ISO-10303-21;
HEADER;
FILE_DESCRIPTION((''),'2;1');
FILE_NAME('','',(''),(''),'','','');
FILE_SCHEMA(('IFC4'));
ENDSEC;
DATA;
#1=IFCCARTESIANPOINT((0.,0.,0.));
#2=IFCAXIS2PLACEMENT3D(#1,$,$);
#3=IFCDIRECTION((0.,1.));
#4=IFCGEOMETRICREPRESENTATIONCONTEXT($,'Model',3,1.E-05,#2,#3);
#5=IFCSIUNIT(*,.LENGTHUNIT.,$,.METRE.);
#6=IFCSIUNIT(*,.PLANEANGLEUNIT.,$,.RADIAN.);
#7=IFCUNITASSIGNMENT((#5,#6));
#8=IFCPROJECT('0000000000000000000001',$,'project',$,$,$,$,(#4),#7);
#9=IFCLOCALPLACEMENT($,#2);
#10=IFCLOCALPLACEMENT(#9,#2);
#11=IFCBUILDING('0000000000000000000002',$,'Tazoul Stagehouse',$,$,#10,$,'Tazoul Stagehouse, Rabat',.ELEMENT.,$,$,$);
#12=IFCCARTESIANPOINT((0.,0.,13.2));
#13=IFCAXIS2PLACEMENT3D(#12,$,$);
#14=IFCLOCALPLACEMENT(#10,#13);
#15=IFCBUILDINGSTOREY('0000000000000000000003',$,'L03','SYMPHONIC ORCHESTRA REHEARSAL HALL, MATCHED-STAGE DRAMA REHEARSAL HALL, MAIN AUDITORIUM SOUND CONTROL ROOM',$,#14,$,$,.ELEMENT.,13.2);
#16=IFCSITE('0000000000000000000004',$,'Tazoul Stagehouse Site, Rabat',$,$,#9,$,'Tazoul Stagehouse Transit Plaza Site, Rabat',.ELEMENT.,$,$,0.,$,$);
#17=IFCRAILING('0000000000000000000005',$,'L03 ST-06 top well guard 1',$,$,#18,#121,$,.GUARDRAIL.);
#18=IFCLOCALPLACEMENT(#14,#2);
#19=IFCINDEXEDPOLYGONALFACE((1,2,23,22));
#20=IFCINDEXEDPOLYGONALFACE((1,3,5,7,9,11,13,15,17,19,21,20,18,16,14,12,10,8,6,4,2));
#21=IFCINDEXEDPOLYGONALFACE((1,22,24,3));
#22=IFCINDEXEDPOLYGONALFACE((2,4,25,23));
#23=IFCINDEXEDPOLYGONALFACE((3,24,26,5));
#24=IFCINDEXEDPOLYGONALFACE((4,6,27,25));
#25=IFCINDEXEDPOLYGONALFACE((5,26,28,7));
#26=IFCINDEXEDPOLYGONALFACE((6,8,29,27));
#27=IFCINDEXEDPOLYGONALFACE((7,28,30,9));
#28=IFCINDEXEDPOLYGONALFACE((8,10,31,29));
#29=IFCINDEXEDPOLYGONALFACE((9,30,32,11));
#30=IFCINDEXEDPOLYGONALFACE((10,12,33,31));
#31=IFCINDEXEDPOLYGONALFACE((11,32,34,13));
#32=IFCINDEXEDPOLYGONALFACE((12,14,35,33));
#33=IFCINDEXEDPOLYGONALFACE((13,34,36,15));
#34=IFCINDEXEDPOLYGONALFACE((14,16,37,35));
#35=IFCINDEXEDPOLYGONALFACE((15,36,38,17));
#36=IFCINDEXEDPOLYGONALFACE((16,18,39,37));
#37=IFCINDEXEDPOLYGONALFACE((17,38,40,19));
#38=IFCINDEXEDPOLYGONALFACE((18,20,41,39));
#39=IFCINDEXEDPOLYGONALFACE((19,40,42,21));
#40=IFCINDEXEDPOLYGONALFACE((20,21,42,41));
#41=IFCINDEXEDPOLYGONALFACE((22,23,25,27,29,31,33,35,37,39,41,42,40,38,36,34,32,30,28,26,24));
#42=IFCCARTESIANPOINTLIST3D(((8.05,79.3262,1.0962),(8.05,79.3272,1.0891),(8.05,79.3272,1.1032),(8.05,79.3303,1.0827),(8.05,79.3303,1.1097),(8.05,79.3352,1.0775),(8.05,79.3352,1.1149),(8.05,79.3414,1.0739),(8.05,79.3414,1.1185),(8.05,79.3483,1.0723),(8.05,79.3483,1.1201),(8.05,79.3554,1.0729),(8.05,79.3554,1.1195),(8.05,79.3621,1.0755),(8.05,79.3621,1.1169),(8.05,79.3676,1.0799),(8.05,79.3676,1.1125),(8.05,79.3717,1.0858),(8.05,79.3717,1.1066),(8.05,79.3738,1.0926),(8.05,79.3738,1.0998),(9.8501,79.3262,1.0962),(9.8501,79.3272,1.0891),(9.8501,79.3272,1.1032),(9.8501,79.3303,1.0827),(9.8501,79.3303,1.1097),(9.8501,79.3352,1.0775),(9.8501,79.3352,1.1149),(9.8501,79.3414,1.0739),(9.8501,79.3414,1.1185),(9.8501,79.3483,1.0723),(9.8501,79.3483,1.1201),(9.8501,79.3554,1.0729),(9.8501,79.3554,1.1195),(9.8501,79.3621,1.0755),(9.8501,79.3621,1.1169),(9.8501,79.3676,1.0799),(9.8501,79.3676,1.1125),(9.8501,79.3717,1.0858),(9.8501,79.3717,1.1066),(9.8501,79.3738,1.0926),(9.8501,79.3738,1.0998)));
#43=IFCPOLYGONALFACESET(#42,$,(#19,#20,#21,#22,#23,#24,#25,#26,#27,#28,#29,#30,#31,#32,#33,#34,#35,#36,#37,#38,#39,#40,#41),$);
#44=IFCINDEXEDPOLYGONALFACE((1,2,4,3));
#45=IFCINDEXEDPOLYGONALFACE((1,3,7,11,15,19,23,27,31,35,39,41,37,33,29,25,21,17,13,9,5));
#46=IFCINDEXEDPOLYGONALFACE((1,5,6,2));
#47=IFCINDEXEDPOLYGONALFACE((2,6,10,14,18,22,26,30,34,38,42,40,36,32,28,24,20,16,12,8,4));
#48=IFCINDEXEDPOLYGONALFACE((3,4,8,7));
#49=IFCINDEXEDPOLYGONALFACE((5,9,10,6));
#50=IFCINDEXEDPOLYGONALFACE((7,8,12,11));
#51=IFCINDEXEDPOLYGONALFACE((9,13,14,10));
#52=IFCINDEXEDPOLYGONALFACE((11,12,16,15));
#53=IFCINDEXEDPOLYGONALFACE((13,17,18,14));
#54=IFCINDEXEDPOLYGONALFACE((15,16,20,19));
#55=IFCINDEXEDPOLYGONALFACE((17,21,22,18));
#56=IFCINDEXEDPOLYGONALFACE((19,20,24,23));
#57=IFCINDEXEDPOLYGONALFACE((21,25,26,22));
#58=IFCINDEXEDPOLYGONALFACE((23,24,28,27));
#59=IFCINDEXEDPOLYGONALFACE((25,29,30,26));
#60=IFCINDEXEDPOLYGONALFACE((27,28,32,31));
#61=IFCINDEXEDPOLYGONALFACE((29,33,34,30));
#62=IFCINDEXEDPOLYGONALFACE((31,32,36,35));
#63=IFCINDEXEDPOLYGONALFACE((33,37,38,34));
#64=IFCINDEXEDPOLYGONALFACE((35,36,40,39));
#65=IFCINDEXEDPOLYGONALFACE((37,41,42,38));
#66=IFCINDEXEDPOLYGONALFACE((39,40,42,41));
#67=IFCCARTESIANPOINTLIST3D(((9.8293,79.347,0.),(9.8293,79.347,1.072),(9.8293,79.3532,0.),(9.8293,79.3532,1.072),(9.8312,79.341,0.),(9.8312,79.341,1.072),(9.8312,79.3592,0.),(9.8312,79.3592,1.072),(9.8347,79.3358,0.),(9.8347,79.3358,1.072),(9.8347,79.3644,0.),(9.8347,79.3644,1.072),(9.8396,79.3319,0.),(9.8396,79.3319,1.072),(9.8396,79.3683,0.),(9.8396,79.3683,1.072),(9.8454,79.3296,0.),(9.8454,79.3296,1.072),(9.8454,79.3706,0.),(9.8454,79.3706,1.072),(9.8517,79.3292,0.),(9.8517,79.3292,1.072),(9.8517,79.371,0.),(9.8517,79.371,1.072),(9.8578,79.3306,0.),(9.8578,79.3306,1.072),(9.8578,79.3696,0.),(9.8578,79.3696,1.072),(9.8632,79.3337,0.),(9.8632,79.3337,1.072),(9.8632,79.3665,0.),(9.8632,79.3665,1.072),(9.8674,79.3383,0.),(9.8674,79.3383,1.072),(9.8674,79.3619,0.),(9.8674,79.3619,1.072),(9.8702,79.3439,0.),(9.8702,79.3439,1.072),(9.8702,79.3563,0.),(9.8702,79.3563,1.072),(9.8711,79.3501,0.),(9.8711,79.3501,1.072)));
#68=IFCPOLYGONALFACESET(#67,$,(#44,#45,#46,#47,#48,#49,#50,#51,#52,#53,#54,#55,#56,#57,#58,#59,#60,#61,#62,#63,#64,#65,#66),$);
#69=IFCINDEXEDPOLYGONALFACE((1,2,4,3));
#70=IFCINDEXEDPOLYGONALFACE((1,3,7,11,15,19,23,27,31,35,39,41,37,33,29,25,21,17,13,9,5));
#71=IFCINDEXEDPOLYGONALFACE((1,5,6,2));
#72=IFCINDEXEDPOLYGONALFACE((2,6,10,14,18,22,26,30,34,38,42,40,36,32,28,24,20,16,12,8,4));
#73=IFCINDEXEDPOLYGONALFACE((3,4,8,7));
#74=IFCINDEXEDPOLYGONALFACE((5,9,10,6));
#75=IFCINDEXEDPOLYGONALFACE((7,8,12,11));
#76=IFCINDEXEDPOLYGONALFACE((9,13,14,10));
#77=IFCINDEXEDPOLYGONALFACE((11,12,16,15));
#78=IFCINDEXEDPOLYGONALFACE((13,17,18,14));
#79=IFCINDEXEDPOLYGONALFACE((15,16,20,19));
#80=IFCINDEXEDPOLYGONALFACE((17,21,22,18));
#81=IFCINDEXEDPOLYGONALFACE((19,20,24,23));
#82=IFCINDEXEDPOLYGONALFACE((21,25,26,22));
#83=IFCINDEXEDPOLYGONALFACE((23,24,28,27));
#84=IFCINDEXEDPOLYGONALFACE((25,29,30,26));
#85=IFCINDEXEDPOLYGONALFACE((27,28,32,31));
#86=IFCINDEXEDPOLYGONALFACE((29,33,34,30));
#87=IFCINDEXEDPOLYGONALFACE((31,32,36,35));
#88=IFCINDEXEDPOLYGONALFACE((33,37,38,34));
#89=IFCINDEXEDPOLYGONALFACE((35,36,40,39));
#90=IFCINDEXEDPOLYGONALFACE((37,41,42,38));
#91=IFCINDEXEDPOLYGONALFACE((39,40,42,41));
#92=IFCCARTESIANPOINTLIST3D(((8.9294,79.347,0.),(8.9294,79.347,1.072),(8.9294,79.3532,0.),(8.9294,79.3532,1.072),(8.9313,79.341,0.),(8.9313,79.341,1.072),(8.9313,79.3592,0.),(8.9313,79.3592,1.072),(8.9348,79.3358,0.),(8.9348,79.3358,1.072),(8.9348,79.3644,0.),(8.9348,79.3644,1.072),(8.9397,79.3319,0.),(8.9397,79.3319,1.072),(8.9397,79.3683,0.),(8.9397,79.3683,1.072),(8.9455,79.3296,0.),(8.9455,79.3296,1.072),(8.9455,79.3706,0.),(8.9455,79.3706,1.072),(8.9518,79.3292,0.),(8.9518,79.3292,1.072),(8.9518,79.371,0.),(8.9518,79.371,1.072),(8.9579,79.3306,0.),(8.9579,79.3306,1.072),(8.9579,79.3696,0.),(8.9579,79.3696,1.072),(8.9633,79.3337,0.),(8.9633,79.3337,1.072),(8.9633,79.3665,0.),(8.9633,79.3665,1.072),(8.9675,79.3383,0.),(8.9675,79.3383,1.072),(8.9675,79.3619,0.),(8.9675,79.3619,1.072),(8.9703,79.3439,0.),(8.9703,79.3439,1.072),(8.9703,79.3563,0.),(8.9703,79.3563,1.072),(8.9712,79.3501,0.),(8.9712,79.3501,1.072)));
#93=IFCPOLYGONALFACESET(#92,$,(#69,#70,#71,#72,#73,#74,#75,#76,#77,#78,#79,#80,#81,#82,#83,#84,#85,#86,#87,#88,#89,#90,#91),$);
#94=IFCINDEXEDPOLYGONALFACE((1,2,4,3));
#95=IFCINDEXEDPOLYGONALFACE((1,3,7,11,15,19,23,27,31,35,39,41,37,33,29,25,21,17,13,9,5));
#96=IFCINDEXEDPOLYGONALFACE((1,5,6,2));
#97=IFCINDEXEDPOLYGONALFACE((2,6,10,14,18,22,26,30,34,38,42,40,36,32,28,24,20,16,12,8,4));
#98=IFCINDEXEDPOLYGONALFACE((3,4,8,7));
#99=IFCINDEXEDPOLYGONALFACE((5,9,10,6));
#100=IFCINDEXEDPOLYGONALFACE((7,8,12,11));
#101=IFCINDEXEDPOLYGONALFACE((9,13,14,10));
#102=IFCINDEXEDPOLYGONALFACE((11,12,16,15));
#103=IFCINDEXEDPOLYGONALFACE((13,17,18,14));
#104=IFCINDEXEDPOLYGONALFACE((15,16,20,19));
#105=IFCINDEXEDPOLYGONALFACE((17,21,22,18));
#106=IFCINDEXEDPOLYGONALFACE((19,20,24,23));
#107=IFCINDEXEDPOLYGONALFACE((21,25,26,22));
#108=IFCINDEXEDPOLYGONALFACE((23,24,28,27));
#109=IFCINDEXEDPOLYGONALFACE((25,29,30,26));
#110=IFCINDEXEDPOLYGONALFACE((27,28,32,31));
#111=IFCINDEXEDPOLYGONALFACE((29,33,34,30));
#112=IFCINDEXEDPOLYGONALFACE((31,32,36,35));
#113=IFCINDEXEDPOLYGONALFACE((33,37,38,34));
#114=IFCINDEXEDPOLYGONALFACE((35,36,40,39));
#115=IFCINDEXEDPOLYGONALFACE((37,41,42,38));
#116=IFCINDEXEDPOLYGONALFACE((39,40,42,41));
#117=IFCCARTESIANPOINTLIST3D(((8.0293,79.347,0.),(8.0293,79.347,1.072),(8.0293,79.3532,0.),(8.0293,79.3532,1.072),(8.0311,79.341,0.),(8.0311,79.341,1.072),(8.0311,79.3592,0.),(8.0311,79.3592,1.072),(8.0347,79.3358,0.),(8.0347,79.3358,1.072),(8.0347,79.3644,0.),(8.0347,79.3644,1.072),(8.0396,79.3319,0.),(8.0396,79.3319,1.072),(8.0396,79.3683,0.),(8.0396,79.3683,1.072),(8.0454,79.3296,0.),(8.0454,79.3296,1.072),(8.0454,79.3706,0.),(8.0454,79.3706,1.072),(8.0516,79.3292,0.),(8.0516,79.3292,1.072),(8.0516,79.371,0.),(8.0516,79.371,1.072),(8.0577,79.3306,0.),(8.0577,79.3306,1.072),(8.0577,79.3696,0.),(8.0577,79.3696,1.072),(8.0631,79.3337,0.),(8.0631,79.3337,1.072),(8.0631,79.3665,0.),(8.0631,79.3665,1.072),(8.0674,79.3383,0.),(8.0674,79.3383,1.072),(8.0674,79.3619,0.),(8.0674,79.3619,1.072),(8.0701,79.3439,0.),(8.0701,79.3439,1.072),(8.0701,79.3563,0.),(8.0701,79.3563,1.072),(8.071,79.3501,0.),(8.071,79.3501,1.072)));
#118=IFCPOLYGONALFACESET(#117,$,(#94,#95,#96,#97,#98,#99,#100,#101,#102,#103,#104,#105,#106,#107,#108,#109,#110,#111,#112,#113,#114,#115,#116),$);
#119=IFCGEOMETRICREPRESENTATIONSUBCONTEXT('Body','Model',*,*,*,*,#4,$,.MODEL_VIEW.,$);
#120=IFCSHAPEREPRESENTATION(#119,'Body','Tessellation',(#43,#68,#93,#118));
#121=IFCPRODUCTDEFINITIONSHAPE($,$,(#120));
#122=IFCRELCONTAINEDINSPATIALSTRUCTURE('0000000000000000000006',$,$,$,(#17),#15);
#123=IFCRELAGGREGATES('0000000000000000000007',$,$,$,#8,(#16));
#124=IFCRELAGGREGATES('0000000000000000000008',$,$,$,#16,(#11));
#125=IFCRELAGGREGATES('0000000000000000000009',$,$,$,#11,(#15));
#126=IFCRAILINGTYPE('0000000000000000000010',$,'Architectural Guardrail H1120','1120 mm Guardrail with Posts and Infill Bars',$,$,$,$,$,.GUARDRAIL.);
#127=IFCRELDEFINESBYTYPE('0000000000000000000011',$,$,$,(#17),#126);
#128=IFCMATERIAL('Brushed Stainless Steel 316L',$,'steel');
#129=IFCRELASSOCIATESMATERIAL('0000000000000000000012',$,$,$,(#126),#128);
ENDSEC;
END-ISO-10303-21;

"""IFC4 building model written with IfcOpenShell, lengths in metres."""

from ifc_helpers import new_model, si_unit, direction, frame, origin, origin_2d, place, context, subcontext, project, spatial, circle, extrude, material, material_profile, profile_set, type_object, element, save


model = new_model("IFC4")

# Units and contexts
model_context = context("Model", 3, precision=1e-05, world=origin(), true_north=direction((0.0, 1.0)))
body_context = subcontext(model_context, "Body", "Model", "MODEL_VIEW")
ifc_project = project(units=[si_unit("LENGTHUNIT", "METRE"), si_unit("PLANEANGLEUNIT", "RADIAN")], contexts=[model_context])

# Site, building, storey
site_placement = place(None, origin())
site = spatial("IfcSite", under=ifc_project, at=site_placement, Name="Tazoul Stagehouse Site, Rabat", LongName="Tazoul Stagehouse Transit Plaza Site, Rabat", CompositionType="ELEMENT", RefElevation=0.0)
building_placement = place(site_placement, origin())
building = spatial("IfcBuilding", under=site, at=building_placement, Name="Tazoul Stagehouse", LongName="Tazoul Stagehouse, Rabat", CompositionType="ELEMENT")
storey_placement = place(building_placement, frame((0.0, 0.0, 13.2)))
storey = spatial("IfcBuildingStorey", under=building, at=storey_placement, Name="L03", Description="SYMPHONIC ORCHESTRA REHEARSAL HALL, MATCHED-STAGE DRAMA REHEARSAL HALL, MAIN AUDITORIUM SOUND CONTROL ROOM", CompositionType="ELEMENT", Elevation=13.2)

# Railing
ifc_material_1 = material(Name="Brushed Stainless Steel 316L", Category="steel")
ifc_material_profile_1 = material_profile(ifc_material_1, circle(Radius=0.0239, at=origin_2d()), Name="SS RAIL D48")
ifc_profile_set_1 = profile_set([ifc_material_profile_1], Name="Brushed Stainless Steel 316L")
railing_type = type_object("IfcRailingType", Name="Architectural Guardrail H1120", Description="1120 mm Guardrail with Posts and Infill Bars", PredefinedType="GUARDRAIL", material=ifc_profile_set_1)
railing_placement = place(storey_placement, frame((9.8501, 79.3501, 0.0)))
element("IfcRailing", 1, at=railing_placement, inside=storey, type_object=railing_type, Name="L03 ST-06 top well guard 1", PredefinedType="GUARDRAIL", context=body_context, shape_type="SweptSolid", body=[
    extrude(circle(Radius=0.0239, at=origin_2d()), frame((0.0, 0.0, 1.0962), z_axis=(-1.0, 0.0, 0.0), x_axis=(0.0, -1.0, 0.0)), (0.0, 0.0, 1.0), 1.8),
    extrude(circle(Radius=0.021, at=origin_2d()), origin(), (0.0, 0.0, 1.0), 1.072),
    extrude(circle(Radius=0.021, at=origin_2d()), frame((-0.8999, 0.0, 0.0)), (0.0, 0.0, 1.0), 1.072),
    extrude(circle(Radius=0.021, at=origin_2d()), frame((-1.8, 0.0, 0.0)), (0.0, 0.0, 1.0), 1.072),
])

save(model, "model.ifc")
